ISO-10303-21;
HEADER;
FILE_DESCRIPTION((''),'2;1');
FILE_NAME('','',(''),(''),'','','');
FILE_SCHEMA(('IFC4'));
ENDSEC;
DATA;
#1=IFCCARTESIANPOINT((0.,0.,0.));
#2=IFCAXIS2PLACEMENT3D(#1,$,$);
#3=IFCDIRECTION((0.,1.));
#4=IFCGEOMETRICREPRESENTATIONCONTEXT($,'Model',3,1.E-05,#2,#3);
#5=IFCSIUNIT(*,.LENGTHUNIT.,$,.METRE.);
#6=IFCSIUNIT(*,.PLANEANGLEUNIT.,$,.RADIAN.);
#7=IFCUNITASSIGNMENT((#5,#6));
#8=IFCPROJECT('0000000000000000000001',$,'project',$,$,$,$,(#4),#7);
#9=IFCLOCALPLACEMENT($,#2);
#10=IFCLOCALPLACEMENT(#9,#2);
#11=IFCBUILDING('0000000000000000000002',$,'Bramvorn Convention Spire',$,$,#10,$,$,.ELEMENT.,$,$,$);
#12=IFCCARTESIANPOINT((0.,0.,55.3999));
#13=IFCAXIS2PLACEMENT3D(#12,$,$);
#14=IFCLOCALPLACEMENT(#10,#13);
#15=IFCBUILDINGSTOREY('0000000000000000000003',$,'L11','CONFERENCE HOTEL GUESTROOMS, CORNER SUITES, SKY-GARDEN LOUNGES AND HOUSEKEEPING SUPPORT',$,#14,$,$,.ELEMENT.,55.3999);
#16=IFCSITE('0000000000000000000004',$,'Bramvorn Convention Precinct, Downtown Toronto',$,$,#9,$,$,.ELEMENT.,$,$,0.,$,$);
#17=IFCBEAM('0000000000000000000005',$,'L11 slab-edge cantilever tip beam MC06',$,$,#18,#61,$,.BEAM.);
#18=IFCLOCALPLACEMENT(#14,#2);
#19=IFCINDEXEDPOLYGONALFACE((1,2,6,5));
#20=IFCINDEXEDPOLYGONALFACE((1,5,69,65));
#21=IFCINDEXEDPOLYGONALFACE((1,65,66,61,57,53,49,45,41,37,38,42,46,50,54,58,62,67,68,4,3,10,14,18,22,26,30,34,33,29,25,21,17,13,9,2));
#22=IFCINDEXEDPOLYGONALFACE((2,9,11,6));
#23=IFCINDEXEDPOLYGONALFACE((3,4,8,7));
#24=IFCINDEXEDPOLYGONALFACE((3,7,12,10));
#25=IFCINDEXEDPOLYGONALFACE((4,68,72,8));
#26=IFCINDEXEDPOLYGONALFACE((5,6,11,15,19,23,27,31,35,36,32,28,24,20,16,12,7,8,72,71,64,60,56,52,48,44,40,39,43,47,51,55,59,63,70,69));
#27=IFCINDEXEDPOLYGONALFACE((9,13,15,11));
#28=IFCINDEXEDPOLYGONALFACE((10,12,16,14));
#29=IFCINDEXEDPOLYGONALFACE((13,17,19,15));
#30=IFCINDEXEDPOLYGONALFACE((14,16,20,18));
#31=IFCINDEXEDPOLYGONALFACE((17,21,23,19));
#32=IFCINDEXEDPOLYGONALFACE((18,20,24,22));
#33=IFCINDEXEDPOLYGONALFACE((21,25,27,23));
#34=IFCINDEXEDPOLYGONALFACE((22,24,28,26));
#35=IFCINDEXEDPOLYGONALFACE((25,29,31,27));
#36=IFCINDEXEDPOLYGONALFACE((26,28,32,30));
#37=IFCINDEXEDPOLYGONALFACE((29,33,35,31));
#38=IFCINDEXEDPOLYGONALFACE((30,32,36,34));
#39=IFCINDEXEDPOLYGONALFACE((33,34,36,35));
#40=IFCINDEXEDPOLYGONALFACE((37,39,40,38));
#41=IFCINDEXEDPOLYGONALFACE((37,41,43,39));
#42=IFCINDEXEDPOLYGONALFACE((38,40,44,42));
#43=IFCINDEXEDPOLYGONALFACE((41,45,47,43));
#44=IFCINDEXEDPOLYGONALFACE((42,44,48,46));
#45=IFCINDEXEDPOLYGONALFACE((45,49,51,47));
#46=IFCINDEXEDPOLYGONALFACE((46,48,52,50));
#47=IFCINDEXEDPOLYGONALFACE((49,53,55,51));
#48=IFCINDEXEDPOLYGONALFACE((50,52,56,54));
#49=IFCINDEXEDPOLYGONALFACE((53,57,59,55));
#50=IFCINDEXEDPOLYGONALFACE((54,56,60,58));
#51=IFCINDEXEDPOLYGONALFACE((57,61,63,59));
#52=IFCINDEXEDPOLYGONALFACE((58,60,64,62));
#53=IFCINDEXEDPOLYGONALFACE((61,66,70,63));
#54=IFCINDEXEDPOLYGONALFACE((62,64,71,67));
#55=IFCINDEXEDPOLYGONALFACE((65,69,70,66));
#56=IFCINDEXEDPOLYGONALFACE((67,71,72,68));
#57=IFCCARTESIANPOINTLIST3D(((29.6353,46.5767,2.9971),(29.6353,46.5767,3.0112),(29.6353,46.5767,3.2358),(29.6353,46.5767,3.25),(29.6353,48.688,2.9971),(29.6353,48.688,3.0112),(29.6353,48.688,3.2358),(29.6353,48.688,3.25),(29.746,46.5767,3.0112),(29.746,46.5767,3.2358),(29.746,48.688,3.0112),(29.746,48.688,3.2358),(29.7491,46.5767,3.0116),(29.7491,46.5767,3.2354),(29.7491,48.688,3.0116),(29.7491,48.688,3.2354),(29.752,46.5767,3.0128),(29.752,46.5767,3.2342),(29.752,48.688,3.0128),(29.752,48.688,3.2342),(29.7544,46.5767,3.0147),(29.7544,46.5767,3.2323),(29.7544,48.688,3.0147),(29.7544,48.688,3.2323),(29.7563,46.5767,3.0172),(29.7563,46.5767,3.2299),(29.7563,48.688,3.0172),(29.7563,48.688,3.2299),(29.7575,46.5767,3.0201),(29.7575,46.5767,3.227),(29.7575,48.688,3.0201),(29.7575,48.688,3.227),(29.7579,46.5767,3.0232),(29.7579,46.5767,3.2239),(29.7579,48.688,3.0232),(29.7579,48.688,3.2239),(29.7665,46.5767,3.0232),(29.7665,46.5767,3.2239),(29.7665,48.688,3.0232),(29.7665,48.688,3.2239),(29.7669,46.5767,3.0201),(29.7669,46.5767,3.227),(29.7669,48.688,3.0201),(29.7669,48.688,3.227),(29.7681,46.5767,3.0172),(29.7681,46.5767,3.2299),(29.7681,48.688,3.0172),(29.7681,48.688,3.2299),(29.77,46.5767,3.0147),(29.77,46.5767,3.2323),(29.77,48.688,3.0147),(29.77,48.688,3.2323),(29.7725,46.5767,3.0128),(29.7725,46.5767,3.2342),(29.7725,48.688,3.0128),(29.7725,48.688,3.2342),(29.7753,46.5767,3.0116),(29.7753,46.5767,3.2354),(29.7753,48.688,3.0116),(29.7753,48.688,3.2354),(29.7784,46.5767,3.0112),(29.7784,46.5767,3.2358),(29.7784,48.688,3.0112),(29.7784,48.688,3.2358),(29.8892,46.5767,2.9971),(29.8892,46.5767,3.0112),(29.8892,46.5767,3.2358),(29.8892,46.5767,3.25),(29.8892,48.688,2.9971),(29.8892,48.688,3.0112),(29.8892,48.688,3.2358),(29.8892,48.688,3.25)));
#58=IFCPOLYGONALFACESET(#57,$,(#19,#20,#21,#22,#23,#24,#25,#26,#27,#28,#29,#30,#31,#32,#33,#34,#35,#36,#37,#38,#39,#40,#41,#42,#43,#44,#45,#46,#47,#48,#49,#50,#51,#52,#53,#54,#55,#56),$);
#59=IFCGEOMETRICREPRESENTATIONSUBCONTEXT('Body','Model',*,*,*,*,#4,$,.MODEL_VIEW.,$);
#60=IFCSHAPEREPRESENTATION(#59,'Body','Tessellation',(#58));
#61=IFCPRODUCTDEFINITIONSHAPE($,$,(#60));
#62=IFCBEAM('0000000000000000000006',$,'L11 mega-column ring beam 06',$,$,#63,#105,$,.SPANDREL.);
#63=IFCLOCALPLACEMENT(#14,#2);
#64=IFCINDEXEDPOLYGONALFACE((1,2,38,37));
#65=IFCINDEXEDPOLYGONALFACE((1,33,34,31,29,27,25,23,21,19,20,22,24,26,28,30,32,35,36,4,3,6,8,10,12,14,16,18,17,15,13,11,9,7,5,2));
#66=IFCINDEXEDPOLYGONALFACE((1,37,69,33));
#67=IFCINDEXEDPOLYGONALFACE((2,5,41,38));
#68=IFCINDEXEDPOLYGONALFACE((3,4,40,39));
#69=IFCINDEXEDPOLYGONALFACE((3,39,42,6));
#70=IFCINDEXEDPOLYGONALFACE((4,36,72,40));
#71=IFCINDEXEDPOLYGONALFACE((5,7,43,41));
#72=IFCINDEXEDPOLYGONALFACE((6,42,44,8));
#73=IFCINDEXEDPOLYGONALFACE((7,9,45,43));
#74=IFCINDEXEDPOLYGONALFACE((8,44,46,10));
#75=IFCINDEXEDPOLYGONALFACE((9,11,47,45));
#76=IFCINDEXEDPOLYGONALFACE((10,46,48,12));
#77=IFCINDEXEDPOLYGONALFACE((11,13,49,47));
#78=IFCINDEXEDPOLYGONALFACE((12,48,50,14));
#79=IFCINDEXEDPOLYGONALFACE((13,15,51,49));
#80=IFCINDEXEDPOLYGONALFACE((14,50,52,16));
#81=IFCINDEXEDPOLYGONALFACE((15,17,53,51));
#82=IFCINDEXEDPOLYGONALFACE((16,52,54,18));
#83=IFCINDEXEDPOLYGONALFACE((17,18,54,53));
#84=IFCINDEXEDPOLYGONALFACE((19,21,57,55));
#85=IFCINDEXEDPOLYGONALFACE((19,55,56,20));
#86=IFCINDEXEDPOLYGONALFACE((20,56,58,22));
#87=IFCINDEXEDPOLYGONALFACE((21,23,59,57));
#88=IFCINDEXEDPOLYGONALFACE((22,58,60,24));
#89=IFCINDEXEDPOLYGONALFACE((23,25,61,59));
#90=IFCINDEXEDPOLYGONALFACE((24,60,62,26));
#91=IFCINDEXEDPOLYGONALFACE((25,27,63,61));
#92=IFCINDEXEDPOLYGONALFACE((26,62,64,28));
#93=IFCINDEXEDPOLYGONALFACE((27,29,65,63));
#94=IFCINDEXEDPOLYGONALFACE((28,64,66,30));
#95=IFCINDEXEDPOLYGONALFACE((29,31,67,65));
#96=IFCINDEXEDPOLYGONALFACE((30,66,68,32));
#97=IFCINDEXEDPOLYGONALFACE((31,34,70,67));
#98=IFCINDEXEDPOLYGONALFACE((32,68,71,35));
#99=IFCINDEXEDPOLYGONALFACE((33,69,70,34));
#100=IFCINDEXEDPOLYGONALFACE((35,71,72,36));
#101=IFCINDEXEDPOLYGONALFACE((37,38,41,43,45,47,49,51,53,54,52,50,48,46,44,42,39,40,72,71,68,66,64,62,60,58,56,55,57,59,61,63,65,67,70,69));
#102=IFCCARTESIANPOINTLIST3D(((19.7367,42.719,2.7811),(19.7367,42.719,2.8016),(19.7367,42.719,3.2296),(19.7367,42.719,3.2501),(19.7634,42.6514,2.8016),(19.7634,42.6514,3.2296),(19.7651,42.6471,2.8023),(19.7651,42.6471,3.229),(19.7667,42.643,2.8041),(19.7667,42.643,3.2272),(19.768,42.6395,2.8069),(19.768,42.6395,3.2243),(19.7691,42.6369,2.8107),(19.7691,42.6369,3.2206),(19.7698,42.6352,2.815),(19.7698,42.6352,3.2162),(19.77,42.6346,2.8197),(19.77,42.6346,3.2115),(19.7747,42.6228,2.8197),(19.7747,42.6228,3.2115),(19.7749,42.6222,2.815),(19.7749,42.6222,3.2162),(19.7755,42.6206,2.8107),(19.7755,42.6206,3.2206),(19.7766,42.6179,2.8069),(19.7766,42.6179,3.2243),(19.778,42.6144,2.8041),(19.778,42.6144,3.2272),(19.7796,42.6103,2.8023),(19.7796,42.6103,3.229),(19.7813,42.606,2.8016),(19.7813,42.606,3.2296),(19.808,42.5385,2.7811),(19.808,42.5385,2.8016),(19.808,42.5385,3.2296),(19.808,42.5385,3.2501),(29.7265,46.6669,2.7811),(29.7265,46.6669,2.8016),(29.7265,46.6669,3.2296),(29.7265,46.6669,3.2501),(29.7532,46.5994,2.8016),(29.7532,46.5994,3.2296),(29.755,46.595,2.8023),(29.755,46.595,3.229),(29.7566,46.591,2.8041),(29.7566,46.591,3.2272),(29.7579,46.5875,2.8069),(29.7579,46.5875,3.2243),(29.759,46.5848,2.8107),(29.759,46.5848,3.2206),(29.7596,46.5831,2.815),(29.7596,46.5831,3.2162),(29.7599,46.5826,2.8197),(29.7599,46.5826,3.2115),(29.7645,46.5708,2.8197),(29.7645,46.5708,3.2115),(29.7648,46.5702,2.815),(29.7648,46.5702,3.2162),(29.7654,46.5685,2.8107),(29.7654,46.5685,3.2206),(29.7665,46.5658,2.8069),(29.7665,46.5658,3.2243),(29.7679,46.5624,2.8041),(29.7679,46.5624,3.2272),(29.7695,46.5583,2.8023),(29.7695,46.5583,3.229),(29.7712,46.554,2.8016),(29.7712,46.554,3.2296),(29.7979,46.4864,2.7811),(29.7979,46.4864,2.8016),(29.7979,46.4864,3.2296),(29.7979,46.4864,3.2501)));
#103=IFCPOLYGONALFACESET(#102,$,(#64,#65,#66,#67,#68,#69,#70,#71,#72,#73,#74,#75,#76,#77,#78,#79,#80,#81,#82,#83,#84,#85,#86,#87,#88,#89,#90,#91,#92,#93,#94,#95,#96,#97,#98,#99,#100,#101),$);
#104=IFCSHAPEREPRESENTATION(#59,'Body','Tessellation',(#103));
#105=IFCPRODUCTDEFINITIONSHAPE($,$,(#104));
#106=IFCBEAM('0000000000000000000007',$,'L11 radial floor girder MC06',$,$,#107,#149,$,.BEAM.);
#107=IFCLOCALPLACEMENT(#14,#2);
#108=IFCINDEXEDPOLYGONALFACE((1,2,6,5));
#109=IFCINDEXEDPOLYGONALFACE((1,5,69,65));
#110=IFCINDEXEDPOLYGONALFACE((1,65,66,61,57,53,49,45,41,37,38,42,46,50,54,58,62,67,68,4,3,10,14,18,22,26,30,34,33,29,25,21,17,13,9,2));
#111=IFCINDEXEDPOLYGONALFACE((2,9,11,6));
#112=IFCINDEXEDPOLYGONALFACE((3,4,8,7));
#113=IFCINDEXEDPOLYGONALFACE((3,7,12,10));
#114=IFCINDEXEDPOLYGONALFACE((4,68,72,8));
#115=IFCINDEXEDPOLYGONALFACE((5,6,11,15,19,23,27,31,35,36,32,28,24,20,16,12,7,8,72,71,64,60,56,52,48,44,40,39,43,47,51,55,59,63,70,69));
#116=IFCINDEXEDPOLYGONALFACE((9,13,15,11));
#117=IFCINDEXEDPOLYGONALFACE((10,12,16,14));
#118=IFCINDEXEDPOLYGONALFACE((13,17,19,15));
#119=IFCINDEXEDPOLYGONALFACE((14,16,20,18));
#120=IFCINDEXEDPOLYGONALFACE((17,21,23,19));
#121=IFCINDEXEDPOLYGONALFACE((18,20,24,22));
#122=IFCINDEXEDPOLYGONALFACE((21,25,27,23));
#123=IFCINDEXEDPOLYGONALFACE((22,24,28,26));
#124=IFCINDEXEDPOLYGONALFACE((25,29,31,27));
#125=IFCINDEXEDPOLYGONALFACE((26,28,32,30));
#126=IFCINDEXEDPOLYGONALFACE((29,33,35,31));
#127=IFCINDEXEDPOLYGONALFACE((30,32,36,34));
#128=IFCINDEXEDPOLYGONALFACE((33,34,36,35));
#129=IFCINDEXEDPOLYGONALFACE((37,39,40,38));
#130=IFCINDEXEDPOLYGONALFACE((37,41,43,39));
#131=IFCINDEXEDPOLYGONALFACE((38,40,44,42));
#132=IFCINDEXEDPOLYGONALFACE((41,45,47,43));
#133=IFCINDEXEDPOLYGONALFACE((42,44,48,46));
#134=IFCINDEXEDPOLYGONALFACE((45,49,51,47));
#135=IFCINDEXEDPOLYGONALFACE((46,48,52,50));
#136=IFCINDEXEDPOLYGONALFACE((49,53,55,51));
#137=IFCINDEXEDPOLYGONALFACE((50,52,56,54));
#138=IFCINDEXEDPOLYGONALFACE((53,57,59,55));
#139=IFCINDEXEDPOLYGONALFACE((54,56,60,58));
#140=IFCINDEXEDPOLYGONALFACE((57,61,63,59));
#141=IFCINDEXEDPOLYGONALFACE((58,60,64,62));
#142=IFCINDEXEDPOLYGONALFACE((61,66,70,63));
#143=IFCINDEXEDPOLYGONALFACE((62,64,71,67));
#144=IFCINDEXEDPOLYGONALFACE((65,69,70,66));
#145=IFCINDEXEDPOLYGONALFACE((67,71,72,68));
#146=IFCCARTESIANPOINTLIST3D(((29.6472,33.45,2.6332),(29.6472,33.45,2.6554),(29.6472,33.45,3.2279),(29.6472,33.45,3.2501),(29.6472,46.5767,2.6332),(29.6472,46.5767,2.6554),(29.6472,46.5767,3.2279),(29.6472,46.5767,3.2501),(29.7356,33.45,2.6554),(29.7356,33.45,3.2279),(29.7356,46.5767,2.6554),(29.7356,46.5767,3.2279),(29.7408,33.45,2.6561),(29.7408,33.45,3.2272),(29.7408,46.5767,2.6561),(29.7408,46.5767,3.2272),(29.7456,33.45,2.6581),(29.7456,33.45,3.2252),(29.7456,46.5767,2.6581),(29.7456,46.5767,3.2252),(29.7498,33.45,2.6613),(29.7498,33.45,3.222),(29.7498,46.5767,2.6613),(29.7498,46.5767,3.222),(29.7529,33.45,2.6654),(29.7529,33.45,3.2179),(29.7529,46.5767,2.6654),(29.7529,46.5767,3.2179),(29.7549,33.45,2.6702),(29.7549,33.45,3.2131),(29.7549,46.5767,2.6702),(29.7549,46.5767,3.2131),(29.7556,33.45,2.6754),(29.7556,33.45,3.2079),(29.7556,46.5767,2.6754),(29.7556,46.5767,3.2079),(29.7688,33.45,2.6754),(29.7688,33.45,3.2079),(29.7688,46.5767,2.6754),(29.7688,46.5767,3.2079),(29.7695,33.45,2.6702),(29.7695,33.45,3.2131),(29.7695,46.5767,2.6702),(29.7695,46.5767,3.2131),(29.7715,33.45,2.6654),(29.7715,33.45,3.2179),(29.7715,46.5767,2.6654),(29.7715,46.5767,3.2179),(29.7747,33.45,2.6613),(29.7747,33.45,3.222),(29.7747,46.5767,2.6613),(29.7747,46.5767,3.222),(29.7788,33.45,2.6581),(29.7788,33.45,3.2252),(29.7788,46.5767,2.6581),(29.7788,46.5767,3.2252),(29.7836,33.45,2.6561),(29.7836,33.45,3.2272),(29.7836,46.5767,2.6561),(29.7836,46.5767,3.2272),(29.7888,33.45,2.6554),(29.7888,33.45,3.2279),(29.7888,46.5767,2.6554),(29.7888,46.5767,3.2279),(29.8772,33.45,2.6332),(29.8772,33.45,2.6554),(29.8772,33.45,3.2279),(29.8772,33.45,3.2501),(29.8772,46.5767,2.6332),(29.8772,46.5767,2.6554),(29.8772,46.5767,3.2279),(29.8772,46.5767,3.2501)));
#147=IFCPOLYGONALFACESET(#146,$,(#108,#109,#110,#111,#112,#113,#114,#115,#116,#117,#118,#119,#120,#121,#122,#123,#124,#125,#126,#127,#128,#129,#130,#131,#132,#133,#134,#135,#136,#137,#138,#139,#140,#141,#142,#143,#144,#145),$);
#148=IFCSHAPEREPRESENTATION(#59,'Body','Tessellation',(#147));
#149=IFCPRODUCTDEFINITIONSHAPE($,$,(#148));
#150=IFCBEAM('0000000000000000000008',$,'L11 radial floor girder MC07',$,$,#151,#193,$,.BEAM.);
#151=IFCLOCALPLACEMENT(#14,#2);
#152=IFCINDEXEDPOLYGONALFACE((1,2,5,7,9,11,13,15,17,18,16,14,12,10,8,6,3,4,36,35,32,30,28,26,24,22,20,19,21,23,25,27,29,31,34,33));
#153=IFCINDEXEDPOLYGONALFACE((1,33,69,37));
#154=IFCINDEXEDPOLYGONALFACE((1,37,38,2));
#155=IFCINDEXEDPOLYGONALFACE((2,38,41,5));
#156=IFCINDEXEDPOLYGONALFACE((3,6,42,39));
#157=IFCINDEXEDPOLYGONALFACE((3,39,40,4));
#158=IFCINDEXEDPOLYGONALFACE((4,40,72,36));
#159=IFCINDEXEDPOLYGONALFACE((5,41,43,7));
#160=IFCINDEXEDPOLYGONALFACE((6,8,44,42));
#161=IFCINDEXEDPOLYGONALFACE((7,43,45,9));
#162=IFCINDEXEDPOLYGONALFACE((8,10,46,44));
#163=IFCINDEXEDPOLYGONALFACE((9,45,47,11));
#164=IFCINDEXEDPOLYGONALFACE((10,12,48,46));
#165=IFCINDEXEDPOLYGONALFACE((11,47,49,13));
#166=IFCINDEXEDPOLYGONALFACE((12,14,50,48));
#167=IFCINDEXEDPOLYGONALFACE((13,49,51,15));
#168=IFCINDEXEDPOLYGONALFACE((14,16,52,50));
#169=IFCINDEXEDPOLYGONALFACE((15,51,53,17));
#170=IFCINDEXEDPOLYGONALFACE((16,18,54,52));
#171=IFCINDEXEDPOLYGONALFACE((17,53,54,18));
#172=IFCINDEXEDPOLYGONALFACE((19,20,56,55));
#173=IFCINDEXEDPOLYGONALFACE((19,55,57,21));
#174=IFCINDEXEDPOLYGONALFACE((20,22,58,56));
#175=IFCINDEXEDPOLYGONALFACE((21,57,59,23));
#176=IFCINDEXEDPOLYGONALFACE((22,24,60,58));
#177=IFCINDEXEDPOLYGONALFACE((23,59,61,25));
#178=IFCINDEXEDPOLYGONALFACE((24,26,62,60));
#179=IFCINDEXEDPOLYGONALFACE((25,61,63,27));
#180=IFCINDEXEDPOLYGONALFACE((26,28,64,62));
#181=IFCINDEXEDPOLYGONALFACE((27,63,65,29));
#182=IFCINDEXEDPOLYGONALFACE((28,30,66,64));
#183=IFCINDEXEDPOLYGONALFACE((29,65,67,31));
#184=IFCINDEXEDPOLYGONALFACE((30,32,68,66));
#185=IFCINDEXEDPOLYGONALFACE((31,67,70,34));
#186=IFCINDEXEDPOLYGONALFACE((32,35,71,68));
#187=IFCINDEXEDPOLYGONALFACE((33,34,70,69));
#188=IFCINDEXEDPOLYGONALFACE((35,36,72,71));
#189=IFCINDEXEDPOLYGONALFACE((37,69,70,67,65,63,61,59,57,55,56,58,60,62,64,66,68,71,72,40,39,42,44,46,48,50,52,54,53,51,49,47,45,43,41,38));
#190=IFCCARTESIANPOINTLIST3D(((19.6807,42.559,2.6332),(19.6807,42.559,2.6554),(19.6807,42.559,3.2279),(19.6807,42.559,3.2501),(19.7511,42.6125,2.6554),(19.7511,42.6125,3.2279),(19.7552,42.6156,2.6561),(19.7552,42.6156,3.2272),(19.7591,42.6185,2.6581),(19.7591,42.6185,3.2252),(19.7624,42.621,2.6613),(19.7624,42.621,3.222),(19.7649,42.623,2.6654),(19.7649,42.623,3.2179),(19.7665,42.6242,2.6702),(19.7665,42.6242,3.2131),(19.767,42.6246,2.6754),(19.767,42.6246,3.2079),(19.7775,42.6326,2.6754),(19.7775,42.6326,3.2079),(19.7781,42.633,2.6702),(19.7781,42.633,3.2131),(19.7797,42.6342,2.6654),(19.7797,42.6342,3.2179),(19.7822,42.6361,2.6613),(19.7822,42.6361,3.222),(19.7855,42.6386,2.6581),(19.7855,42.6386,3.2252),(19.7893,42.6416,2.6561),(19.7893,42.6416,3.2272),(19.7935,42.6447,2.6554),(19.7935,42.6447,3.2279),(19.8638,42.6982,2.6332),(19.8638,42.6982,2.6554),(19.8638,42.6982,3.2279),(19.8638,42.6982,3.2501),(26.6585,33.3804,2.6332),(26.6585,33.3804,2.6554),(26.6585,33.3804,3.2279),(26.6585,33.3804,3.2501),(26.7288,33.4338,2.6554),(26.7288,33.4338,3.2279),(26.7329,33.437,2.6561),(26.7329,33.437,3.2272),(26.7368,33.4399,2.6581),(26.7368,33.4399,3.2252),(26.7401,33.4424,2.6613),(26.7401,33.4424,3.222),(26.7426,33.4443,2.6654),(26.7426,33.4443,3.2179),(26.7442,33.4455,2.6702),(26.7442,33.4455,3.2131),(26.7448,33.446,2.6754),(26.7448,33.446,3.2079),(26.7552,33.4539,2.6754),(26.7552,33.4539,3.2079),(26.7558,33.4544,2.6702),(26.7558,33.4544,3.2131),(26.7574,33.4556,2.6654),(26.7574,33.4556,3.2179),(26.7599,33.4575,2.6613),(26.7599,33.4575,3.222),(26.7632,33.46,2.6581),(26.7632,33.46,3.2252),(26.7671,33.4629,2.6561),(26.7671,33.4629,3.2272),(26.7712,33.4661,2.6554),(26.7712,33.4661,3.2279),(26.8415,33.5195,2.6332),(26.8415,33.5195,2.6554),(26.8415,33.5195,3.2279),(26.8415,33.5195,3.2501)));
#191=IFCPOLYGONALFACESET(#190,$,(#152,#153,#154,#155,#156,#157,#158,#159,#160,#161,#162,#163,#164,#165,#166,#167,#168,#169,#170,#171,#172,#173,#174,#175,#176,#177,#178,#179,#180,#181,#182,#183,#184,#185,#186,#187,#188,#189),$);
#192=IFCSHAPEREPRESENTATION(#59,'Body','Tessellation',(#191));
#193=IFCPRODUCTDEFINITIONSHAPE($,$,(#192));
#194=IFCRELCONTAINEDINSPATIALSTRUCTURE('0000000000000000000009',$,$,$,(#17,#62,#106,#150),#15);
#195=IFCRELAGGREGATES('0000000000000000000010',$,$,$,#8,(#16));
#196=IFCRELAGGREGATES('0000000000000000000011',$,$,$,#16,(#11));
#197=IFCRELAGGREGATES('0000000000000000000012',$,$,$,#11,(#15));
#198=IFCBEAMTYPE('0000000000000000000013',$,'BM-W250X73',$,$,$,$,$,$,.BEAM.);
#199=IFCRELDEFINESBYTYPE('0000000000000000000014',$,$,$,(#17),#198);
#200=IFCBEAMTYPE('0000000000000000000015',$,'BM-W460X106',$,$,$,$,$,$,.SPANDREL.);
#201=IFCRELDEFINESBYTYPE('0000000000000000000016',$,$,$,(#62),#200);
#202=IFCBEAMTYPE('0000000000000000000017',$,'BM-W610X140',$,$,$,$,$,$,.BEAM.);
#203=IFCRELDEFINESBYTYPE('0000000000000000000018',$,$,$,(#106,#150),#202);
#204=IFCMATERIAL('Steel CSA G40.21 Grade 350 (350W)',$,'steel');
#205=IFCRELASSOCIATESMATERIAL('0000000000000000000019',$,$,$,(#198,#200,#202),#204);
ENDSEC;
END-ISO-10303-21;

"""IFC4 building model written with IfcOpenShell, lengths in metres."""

from ifc_helpers import new_model, si_unit, direction, frame, origin, origin_2d, place, context, subcontext, project, spatial, i_section, extrude, material, material_profile, profile_set, type_object, element, save


model = new_model("IFC4")

# Units and contexts
model_context = context("Model", 3, precision=1e-05, world=origin(), true_north=direction((0.0, 1.0)))
body_context = subcontext(model_context, "Body", "Model", "MODEL_VIEW")
ifc_project = project(units=[si_unit("LENGTHUNIT", "METRE"), si_unit("PLANEANGLEUNIT", "RADIAN")], contexts=[model_context])

# Site, building, storey
site_placement = place(None, origin())
site = spatial("IfcSite", under=ifc_project, at=site_placement, Name="Bramvorn Convention Precinct, Downtown Toronto", CompositionType="ELEMENT", RefElevation=0.0)
building_placement = place(site_placement, origin())
building = spatial("IfcBuilding", under=site, at=building_placement, Name="Bramvorn Convention Spire", CompositionType="ELEMENT")
storey_placement = place(building_placement, frame((0.0, 0.0, 55.3999)))
storey = spatial("IfcBuildingStorey", under=building, at=storey_placement, Name="L11", Description="CONFERENCE HOTEL GUESTROOMS, CORNER SUITES, SKY-GARDEN LOUNGES AND HOUSEKEEPING SUPPORT", CompositionType="ELEMENT", Elevation=55.3999)

# Shared definitions
ifc_material_1 = material(Name="Steel CSA G40.21 Grade 350 (350W)", Category="steel")

# Beams
ifc_material_profile_1 = material_profile(ifc_material_1, i_section(OverallWidth=0.2539, OverallDepth=0.2529, WebThickness=0.0085, FlangeThickness=0.0142, FilletRadius=0.012, at=origin_2d()))
ifc_profile_set_1 = profile_set([ifc_material_profile_1], Name="Steel CSA G40.21 Grade 350 (350W) - W250X73")
beam_type_1 = type_object("IfcBeamType", Name="BM-W250X73", PredefinedType="BEAM", material=ifc_profile_set_1)
beam_1_placement = place(storey_placement, frame((29.7622, 46.5767, 3.1235), z_axis=(0.0, 1.0, 0.0), x_axis=(-1.0, 0.0, 0.0)))
element("IfcBeam", 1, at=beam_1_placement, inside=storey, type_object=beam_type_1, Name="L11 slab-edge cantilever tip beam MC06", PredefinedType="BEAM", context=body_context, shape_type="SweptSolid", body=[
    extrude(i_section(OverallWidth=0.2539, OverallDepth=0.2529, WebThickness=0.0085, FlangeThickness=0.0142, FilletRadius=0.012, at=origin_2d()), origin(), (0.0, 0.0, 1.0), 2.1113),
])
ifc_material_profile_2 = material_profile(ifc_material_1, i_section(OverallWidth=0.1941, OverallDepth=0.469, WebThickness=0.0127, FlangeThickness=0.0205, FilletRadius=0.0181, at=origin_2d()))
ifc_profile_set_2 = profile_set([ifc_material_profile_2], Name="Steel CSA G40.21 Grade 350 (350W) - W460X106")
beam_type_2 = type_object("IfcBeamType", Name="BM-W460X106", PredefinedType="SPANDREL", material=ifc_profile_set_2)
beam_2_placement = place(storey_placement, frame((29.7622, 46.5767, 3.0156), z_axis=(-0.93001, -0.367535, 0.0), x_axis=(0.367535, -0.93001, 0.0)))
element("IfcBeam", 2, at=beam_2_placement, inside=storey, type_object=beam_type_2, Name="L11 mega-column ring beam 06", PredefinedType="SPANDREL", context=body_context, shape_type="SweptSolid", body=[
    extrude(i_section(OverallWidth=0.1941, OverallDepth=0.469, WebThickness=0.0127, FlangeThickness=0.0205, FilletRadius=0.0181, at=origin_2d()), origin(), (0.0, 0.0, 1.0), 10.7417),
])
ifc_material_profile_3 = material_profile(ifc_material_1, i_section(OverallWidth=0.23, OverallDepth=0.6169, WebThickness=0.0132, FlangeThickness=0.0222, FilletRadius=0.02, at=origin_2d()))
ifc_profile_set_3 = profile_set([ifc_material_profile_3], Name="Steel CSA G40.21 Grade 350 (350W) - W610X140")
beam_type_3 = type_object("IfcBeamType", Name="BM-W610X140", PredefinedType="BEAM", material=ifc_profile_set_3)
beam_3_placement = place(storey_placement, frame((29.7622, 33.45, 2.9417), z_axis=(0.0, 1.0, 0.0), x_axis=(-1.0, 0.0, 0.0)))
element("IfcBeam", 3, at=beam_3_placement, inside=storey, type_object=beam_type_3, Name="L11 radial floor girder MC06", PredefinedType="BEAM", context=body_context, shape_type="SweptSolid", body=[
    extrude(i_section(OverallWidth=0.23, OverallDepth=0.6169, WebThickness=0.0132, FlangeThickness=0.0222, FilletRadius=0.02, at=origin_2d()), origin(), (0.0, 0.0, 1.0), 13.1267),
])
beam_4_placement = place(storey_placement, frame((26.75, 33.45, 2.9417), z_axis=(-0.605191, 0.79608, 0.0), x_axis=(-0.79608, -0.605191, 0.0)))
element("IfcBeam", 4, at=beam_4_placement, inside=storey, type_object=beam_type_3, Name="L11 radial floor girder MC07", PredefinedType="BEAM", context=body_context, shape_type="SweptSolid", body=[
    extrude(i_section(OverallWidth=0.23, OverallDepth=0.6169, WebThickness=0.0132, FlangeThickness=0.0222, FilletRadius=0.02, at=origin_2d()), origin(), (0.0, 0.0, 1.0), 11.5298),
])

save(model, "model.ifc")
